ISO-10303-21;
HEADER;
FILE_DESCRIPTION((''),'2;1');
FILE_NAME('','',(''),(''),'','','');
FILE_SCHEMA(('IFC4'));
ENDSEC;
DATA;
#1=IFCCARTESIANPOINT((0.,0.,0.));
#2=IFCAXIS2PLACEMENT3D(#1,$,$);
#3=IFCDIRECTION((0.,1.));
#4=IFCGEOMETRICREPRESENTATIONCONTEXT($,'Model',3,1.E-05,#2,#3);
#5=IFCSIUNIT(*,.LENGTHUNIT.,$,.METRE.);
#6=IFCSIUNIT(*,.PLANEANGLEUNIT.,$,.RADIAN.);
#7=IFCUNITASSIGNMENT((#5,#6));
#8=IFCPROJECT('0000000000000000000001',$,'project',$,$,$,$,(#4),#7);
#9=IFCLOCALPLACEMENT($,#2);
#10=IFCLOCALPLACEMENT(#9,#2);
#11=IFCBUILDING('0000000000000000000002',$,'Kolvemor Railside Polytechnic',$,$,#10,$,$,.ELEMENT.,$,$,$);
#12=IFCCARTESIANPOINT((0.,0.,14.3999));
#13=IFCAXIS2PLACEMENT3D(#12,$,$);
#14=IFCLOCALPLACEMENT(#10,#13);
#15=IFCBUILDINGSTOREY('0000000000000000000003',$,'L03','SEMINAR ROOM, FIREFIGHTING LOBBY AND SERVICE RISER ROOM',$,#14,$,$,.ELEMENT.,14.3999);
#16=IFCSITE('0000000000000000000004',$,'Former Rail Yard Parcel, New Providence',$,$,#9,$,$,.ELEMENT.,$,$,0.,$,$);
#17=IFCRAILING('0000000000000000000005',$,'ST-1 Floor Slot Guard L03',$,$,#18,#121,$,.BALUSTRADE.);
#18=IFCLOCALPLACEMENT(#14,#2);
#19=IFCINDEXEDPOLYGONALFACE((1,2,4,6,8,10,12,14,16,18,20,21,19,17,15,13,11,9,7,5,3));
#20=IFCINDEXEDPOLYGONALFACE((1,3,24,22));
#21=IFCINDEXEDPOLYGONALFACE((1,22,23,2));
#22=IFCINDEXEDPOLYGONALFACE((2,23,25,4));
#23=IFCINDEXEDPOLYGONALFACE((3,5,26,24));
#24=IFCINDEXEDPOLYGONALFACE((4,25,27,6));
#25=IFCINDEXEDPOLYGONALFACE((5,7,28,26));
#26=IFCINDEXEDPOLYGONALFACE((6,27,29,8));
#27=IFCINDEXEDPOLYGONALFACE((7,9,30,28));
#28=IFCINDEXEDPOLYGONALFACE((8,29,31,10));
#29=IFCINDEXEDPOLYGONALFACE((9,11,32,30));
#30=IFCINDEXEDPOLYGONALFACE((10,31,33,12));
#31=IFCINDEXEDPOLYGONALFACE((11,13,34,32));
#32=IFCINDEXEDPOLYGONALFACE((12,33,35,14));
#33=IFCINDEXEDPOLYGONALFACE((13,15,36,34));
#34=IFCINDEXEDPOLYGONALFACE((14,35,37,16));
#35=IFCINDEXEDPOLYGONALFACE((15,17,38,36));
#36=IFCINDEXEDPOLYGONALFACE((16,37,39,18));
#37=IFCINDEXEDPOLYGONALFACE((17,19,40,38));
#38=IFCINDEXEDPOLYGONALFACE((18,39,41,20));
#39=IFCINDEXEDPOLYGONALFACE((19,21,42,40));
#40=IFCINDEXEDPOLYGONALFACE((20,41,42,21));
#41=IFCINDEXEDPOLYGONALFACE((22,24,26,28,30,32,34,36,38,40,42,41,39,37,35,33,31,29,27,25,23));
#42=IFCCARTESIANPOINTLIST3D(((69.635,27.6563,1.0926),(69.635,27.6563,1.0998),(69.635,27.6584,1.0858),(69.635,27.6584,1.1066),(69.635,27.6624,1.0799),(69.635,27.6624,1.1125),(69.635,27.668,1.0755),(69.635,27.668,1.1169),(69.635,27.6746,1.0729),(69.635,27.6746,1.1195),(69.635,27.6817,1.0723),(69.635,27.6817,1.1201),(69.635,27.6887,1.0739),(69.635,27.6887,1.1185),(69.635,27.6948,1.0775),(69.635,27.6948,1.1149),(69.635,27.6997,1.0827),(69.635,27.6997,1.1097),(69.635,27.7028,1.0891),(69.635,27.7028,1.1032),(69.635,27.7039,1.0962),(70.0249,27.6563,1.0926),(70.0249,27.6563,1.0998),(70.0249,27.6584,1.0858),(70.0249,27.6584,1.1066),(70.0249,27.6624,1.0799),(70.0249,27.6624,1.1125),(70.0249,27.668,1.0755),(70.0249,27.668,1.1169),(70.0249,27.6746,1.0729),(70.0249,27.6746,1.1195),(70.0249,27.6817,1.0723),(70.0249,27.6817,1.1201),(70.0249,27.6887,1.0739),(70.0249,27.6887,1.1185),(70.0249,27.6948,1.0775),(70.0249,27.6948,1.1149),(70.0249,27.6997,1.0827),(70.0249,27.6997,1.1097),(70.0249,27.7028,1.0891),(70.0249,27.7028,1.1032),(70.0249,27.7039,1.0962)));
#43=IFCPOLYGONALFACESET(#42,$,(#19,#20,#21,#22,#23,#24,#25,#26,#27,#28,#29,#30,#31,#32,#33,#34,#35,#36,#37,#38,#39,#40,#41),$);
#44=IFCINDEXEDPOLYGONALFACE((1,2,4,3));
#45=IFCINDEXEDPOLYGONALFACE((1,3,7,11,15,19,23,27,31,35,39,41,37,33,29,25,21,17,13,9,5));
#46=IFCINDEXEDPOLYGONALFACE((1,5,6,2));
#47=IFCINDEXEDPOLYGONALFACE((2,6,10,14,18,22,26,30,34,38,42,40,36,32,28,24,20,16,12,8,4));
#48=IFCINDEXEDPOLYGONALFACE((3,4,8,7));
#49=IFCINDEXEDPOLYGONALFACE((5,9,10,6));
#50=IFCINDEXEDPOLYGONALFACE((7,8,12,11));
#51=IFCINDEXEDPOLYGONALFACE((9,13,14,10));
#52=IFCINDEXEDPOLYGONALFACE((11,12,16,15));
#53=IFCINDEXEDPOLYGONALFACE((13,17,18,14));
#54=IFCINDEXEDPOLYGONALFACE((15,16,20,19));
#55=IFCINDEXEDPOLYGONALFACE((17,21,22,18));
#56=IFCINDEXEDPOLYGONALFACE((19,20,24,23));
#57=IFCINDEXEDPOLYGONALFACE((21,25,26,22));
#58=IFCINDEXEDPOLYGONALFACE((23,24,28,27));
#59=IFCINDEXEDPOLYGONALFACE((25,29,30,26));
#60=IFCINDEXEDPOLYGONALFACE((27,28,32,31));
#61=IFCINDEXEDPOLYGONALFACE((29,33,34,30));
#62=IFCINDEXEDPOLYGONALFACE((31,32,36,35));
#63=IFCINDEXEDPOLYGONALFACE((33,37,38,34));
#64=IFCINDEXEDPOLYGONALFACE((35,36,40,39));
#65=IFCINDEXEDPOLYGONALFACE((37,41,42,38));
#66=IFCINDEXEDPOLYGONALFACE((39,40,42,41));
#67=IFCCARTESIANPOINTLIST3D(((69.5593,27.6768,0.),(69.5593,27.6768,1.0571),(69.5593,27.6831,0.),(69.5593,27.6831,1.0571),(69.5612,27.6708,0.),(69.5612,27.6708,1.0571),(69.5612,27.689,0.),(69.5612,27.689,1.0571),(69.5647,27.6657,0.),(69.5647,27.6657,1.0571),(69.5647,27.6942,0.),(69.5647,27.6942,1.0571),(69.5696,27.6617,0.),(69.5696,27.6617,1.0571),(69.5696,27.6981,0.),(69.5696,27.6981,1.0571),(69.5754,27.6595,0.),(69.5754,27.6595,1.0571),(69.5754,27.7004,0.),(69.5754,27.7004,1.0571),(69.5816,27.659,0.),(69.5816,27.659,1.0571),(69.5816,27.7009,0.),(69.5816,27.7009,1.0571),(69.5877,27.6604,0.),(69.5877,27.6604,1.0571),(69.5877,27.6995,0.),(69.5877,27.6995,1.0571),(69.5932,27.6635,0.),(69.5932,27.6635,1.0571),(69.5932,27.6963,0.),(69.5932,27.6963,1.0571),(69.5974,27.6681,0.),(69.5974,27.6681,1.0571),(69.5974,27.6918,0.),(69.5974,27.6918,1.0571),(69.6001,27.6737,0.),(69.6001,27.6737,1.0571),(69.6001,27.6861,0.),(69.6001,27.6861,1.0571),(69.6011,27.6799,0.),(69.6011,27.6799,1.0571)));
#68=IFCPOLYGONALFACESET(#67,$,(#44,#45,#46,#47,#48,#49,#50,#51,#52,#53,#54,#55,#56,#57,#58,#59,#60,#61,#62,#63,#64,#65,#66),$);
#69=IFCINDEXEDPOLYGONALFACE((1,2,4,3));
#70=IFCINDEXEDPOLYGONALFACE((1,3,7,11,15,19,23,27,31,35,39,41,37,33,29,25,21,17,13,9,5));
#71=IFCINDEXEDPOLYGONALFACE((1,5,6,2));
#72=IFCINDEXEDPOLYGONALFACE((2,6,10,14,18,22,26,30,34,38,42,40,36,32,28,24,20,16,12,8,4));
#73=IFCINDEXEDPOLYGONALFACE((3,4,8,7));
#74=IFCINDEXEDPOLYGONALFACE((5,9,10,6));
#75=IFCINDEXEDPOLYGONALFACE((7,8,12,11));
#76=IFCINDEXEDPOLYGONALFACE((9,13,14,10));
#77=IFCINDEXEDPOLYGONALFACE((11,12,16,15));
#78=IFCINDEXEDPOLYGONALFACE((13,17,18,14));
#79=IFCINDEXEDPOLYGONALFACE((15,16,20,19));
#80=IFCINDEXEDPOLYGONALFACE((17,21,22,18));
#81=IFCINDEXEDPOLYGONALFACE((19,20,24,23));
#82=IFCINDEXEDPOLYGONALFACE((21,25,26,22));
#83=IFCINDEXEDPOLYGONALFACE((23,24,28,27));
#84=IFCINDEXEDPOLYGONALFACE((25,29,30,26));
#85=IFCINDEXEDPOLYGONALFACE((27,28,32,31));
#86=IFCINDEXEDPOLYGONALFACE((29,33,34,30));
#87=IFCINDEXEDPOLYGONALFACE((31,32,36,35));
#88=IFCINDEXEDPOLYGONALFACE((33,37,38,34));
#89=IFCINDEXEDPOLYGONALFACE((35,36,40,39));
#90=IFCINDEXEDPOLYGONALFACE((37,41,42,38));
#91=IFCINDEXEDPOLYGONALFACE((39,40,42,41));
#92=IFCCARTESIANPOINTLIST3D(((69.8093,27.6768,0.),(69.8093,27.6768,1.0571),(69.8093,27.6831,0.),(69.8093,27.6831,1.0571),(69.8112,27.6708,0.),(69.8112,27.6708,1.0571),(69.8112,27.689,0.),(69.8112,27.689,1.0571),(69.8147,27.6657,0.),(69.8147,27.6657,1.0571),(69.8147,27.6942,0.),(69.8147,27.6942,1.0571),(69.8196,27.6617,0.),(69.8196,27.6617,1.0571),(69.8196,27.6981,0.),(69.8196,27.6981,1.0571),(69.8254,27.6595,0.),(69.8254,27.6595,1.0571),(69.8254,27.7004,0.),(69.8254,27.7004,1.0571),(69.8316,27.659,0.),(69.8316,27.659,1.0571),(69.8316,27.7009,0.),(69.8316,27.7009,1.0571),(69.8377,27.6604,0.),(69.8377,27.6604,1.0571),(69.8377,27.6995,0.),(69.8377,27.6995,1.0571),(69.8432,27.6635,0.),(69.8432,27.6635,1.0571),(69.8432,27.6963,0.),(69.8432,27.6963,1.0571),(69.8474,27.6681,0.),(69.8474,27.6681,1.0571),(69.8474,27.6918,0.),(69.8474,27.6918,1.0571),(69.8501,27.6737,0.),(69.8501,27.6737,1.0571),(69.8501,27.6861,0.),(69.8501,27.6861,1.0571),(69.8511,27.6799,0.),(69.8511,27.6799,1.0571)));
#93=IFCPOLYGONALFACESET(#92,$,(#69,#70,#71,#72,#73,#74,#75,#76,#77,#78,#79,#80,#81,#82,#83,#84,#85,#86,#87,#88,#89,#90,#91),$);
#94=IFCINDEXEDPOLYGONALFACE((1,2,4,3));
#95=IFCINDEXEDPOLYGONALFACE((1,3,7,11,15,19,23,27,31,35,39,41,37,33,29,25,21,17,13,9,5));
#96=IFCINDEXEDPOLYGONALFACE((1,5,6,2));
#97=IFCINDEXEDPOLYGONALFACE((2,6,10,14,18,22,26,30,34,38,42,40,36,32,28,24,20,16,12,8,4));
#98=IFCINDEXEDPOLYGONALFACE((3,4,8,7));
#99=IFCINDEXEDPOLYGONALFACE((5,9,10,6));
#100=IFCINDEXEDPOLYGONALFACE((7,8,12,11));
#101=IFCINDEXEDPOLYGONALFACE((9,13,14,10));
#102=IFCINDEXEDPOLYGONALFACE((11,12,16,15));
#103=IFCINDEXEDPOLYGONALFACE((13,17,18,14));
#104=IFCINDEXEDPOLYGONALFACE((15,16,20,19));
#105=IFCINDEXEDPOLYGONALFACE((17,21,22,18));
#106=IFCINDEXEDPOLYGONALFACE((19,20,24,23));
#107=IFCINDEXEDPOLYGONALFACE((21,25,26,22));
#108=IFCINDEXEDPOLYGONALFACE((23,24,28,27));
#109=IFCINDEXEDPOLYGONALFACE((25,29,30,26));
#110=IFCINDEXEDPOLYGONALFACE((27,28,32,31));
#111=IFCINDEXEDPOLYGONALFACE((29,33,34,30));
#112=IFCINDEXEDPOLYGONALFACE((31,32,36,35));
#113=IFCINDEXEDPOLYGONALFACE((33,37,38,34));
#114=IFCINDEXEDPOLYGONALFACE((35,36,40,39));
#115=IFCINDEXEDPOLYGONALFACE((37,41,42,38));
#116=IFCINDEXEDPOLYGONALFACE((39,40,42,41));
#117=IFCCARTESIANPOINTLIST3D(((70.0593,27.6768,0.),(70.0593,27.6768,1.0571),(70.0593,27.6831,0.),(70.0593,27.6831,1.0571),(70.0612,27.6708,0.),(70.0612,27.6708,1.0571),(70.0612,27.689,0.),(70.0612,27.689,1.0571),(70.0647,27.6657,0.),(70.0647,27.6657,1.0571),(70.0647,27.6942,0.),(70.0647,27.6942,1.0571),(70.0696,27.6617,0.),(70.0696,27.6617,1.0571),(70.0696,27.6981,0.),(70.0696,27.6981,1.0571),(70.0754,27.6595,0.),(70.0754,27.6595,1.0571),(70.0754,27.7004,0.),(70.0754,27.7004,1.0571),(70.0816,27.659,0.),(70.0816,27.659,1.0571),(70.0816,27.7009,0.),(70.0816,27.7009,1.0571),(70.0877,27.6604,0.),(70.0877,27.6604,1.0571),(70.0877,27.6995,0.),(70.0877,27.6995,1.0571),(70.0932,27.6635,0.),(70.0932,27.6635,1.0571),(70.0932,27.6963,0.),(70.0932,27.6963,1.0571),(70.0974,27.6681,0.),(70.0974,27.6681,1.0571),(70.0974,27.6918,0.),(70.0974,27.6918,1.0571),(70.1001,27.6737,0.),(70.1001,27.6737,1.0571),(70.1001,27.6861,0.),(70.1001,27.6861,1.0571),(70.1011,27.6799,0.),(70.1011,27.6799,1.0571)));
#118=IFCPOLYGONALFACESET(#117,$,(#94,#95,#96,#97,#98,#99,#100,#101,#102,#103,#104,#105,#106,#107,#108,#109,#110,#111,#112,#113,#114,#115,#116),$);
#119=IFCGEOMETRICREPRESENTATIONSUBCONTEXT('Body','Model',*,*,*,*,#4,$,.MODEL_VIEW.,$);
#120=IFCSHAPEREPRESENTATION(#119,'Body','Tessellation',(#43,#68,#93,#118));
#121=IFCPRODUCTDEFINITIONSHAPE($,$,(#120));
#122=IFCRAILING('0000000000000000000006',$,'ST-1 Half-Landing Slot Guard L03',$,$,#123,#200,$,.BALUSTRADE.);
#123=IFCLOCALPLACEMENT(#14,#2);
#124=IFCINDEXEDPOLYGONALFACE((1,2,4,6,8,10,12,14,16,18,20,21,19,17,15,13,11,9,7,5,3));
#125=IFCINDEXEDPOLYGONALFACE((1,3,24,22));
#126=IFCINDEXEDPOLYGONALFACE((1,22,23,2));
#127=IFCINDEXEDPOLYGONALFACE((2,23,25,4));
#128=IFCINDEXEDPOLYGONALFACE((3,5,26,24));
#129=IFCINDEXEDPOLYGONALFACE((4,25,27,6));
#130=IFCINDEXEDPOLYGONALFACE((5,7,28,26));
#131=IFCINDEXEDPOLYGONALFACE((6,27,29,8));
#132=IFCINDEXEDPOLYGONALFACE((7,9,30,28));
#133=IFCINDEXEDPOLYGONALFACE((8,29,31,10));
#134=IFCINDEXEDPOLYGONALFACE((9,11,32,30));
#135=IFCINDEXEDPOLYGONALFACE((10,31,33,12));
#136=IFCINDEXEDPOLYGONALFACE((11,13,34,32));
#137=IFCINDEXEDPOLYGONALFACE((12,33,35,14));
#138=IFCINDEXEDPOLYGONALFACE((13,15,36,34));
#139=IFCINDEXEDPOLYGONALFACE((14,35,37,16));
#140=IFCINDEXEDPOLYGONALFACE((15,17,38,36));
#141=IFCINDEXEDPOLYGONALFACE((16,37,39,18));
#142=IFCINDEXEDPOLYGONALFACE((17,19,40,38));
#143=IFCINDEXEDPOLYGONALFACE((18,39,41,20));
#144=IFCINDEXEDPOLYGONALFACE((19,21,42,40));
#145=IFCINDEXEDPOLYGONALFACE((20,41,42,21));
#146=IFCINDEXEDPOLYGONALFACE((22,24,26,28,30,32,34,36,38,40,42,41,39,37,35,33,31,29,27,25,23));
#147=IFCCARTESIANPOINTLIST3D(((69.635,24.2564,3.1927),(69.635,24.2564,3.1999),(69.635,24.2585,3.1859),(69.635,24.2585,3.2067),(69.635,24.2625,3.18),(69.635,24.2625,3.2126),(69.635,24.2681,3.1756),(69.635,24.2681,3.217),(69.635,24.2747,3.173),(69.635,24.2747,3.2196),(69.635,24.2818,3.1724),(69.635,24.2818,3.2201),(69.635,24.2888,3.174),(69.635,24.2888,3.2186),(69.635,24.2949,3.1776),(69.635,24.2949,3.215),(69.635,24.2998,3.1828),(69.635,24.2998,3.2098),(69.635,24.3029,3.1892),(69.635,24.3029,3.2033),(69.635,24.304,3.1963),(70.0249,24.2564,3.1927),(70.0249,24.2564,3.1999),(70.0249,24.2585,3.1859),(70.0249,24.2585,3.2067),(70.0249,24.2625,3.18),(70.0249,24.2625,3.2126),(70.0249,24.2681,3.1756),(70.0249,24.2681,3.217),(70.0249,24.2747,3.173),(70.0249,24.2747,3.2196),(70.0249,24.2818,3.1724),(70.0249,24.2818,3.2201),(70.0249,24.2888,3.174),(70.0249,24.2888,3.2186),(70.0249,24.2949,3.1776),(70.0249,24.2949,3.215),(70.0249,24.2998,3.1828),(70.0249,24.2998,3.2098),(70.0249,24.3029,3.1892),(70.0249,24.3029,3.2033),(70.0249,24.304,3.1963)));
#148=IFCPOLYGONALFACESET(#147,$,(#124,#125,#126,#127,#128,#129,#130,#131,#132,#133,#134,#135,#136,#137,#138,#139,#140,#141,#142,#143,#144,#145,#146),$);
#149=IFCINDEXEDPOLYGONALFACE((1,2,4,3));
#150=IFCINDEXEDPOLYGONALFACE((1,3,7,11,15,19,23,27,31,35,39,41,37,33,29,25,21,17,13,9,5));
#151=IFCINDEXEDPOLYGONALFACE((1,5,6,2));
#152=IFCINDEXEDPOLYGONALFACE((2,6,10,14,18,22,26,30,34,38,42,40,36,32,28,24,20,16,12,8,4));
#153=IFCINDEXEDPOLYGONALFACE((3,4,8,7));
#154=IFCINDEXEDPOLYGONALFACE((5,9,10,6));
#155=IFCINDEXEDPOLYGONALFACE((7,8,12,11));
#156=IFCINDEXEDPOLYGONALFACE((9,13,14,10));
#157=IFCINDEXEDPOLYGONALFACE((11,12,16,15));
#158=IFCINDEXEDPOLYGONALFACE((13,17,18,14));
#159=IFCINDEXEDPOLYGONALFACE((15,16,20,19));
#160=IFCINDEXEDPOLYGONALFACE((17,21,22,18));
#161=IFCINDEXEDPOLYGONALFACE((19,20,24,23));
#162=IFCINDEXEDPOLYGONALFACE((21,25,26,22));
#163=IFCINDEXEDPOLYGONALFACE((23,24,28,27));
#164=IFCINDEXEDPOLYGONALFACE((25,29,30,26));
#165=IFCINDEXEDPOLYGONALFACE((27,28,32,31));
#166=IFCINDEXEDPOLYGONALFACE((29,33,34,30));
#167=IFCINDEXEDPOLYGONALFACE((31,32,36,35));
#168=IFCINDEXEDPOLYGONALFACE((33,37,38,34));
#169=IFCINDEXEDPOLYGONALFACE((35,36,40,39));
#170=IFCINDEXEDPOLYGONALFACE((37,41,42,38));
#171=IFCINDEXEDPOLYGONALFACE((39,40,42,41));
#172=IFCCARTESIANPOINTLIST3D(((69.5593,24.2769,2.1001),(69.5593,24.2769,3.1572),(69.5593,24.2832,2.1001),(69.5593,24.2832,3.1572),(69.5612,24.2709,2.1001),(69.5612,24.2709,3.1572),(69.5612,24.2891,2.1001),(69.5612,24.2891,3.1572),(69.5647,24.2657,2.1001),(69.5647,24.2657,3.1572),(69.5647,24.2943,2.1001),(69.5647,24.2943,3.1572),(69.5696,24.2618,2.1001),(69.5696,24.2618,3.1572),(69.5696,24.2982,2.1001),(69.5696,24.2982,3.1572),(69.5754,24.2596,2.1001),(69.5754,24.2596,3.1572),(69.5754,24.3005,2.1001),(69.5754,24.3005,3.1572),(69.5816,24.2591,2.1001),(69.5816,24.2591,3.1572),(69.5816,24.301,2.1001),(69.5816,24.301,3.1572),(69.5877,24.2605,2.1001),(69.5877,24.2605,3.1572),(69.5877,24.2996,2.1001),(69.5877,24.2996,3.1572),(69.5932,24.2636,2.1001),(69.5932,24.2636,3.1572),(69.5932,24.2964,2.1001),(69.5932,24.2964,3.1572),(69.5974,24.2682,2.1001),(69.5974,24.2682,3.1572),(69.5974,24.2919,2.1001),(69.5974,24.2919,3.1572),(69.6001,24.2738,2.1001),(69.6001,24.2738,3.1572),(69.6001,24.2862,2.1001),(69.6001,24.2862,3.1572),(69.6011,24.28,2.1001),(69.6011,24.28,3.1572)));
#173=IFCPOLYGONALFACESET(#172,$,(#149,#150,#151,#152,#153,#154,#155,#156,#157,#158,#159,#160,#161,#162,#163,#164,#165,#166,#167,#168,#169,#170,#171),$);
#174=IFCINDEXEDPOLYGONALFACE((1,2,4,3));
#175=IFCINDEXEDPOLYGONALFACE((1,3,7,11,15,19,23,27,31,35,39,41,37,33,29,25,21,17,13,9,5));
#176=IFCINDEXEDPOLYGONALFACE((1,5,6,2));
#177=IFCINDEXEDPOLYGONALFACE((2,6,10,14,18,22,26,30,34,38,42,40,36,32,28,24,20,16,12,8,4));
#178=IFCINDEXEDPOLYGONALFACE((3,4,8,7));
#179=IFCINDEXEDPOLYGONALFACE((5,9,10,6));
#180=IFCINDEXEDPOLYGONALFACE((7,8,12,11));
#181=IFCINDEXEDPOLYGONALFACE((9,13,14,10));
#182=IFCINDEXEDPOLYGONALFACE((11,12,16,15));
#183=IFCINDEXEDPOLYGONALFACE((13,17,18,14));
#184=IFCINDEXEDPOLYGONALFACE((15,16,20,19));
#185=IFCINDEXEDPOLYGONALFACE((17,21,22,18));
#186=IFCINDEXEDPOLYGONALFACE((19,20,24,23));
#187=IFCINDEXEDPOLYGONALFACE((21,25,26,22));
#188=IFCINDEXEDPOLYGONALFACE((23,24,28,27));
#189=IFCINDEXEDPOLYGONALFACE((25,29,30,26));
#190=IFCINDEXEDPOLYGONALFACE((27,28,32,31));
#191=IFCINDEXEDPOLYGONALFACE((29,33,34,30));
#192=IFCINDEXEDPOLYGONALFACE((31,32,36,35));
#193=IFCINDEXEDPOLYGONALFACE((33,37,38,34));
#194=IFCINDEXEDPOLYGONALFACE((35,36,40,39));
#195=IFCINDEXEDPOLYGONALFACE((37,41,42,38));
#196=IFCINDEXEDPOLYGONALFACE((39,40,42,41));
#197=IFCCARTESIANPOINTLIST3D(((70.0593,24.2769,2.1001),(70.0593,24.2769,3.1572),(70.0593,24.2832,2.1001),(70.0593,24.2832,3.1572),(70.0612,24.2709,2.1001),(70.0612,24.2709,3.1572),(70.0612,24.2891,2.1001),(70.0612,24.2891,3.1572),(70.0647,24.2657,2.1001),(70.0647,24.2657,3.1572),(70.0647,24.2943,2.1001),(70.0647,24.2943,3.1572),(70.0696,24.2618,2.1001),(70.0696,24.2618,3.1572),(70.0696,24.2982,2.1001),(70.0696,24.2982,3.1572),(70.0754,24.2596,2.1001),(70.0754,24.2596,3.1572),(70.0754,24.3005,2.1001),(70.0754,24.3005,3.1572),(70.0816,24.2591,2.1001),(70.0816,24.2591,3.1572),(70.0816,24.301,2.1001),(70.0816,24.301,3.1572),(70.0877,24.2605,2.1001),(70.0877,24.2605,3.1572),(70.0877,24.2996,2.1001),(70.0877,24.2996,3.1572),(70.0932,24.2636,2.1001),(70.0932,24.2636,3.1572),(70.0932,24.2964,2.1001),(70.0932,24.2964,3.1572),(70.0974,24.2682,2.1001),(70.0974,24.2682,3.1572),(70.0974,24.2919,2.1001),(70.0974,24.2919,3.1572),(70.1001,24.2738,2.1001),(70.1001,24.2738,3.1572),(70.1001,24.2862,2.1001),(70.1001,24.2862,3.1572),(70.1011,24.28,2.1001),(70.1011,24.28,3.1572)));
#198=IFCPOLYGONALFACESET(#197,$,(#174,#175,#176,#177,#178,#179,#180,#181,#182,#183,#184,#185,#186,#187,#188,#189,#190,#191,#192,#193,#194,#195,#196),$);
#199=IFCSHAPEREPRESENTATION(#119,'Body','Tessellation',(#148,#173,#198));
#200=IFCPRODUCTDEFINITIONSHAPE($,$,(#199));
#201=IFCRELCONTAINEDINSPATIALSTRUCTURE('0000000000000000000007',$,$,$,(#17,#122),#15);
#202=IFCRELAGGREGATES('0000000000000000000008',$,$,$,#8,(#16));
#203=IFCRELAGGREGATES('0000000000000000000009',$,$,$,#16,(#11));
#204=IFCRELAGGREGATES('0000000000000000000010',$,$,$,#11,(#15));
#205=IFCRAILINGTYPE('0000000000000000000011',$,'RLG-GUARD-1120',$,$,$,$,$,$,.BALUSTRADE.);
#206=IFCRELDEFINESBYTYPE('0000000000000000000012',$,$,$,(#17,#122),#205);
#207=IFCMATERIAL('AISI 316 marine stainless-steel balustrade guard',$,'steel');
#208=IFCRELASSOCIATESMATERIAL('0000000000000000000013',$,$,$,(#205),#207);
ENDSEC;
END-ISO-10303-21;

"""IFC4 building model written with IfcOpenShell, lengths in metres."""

from ifc_helpers import new_model, si_unit, direction, frame, origin, origin_2d, place, context, subcontext, project, spatial, circle, extrude, material, type_object, element, save


model = new_model("IFC4")

# Units and contexts
model_context = context("Model", 3, precision=1e-05, world=origin(), true_north=direction((0.0, 1.0)))
body_context = subcontext(model_context, "Body", "Model", "MODEL_VIEW")
ifc_project = project(units=[si_unit("LENGTHUNIT", "METRE"), si_unit("PLANEANGLEUNIT", "RADIAN")], contexts=[model_context])

# Site, building, storey
site_placement = place(None, origin())
site = spatial("IfcSite", under=ifc_project, at=site_placement, Name="Former Rail Yard Parcel, New Providence", CompositionType="ELEMENT", RefElevation=0.0)
building_placement = place(site_placement, origin())
building = spatial("IfcBuilding", under=site, at=building_placement, Name="Kolvemor Railside Polytechnic", CompositionType="ELEMENT")
storey_placement = place(building_placement, frame((0.0, 0.0, 14.3999)))
storey = spatial("IfcBuildingStorey", under=building, at=storey_placement, Name="L03", Description="SEMINAR ROOM, FIREFIGHTING LOBBY AND SERVICE RISER ROOM", CompositionType="ELEMENT", Elevation=14.3999)

# Railings
ifc_material_1 = material(Name="AISI 316 marine stainless-steel balustrade guard", Category="steel")
railing_type_1 = type_object("IfcRailingType", Name="RLG-GUARD-1120", PredefinedType="BALUSTRADE", material=ifc_material_1)
railing_1_placement = place(storey_placement, frame((69.5801, 27.6799, 0.0)))
element("IfcRailing", 1, at=railing_1_placement, inside=storey, type_object=railing_type_1, Name="ST-1 Floor Slot Guard L03", PredefinedType="BALUSTRADE", context=body_context, shape_type="SweptSolid", body=[
    extrude(circle(Radius=0.0239, at=origin_2d()), frame((0.0549, 0.0, 1.0962), z_axis=(1.0, 0.0, 0.0), x_axis=(0.0, 1.0, 0.0)), (0.0, 0.0, 1.0), 0.3899),
    extrude(circle(Radius=0.021, at=origin_2d()), origin(), (0.0, 0.0, 1.0), 1.0571),
    extrude(circle(Radius=0.021, at=origin_2d()), frame((0.25, 0.0, 0.0)), (0.0, 0.0, 1.0), 1.0571),
    extrude(circle(Radius=0.021, at=origin_2d()), frame((0.5, 0.0, 0.0)), (0.0, 0.0, 1.0), 1.0571),
])
railing_2_placement = place(storey_placement, frame((69.5801, 24.28, 2.1001)))
element("IfcRailing", 2, at=railing_2_placement, inside=storey, type_object=railing_type_1, Name="ST-1 Half-Landing Slot Guard L03", PredefinedType="BALUSTRADE", context=body_context, shape_type="SweptSolid", body=[
    extrude(circle(Radius=0.0239, at=origin_2d()), frame((0.0549, 0.0, 1.0962), z_axis=(1.0, 0.0, 0.0), x_axis=(0.0, 1.0, 0.0)), (0.0, 0.0, 1.0), 0.3899),
    extrude(circle(Radius=0.021, at=origin_2d()), origin(), (0.0, 0.0, 1.0), 1.0571),
    extrude(circle(Radius=0.021, at=origin_2d()), frame((0.5, 0.0, 0.0)), (0.0, 0.0, 1.0), 1.0571),
])

save(model, "model.ifc")
